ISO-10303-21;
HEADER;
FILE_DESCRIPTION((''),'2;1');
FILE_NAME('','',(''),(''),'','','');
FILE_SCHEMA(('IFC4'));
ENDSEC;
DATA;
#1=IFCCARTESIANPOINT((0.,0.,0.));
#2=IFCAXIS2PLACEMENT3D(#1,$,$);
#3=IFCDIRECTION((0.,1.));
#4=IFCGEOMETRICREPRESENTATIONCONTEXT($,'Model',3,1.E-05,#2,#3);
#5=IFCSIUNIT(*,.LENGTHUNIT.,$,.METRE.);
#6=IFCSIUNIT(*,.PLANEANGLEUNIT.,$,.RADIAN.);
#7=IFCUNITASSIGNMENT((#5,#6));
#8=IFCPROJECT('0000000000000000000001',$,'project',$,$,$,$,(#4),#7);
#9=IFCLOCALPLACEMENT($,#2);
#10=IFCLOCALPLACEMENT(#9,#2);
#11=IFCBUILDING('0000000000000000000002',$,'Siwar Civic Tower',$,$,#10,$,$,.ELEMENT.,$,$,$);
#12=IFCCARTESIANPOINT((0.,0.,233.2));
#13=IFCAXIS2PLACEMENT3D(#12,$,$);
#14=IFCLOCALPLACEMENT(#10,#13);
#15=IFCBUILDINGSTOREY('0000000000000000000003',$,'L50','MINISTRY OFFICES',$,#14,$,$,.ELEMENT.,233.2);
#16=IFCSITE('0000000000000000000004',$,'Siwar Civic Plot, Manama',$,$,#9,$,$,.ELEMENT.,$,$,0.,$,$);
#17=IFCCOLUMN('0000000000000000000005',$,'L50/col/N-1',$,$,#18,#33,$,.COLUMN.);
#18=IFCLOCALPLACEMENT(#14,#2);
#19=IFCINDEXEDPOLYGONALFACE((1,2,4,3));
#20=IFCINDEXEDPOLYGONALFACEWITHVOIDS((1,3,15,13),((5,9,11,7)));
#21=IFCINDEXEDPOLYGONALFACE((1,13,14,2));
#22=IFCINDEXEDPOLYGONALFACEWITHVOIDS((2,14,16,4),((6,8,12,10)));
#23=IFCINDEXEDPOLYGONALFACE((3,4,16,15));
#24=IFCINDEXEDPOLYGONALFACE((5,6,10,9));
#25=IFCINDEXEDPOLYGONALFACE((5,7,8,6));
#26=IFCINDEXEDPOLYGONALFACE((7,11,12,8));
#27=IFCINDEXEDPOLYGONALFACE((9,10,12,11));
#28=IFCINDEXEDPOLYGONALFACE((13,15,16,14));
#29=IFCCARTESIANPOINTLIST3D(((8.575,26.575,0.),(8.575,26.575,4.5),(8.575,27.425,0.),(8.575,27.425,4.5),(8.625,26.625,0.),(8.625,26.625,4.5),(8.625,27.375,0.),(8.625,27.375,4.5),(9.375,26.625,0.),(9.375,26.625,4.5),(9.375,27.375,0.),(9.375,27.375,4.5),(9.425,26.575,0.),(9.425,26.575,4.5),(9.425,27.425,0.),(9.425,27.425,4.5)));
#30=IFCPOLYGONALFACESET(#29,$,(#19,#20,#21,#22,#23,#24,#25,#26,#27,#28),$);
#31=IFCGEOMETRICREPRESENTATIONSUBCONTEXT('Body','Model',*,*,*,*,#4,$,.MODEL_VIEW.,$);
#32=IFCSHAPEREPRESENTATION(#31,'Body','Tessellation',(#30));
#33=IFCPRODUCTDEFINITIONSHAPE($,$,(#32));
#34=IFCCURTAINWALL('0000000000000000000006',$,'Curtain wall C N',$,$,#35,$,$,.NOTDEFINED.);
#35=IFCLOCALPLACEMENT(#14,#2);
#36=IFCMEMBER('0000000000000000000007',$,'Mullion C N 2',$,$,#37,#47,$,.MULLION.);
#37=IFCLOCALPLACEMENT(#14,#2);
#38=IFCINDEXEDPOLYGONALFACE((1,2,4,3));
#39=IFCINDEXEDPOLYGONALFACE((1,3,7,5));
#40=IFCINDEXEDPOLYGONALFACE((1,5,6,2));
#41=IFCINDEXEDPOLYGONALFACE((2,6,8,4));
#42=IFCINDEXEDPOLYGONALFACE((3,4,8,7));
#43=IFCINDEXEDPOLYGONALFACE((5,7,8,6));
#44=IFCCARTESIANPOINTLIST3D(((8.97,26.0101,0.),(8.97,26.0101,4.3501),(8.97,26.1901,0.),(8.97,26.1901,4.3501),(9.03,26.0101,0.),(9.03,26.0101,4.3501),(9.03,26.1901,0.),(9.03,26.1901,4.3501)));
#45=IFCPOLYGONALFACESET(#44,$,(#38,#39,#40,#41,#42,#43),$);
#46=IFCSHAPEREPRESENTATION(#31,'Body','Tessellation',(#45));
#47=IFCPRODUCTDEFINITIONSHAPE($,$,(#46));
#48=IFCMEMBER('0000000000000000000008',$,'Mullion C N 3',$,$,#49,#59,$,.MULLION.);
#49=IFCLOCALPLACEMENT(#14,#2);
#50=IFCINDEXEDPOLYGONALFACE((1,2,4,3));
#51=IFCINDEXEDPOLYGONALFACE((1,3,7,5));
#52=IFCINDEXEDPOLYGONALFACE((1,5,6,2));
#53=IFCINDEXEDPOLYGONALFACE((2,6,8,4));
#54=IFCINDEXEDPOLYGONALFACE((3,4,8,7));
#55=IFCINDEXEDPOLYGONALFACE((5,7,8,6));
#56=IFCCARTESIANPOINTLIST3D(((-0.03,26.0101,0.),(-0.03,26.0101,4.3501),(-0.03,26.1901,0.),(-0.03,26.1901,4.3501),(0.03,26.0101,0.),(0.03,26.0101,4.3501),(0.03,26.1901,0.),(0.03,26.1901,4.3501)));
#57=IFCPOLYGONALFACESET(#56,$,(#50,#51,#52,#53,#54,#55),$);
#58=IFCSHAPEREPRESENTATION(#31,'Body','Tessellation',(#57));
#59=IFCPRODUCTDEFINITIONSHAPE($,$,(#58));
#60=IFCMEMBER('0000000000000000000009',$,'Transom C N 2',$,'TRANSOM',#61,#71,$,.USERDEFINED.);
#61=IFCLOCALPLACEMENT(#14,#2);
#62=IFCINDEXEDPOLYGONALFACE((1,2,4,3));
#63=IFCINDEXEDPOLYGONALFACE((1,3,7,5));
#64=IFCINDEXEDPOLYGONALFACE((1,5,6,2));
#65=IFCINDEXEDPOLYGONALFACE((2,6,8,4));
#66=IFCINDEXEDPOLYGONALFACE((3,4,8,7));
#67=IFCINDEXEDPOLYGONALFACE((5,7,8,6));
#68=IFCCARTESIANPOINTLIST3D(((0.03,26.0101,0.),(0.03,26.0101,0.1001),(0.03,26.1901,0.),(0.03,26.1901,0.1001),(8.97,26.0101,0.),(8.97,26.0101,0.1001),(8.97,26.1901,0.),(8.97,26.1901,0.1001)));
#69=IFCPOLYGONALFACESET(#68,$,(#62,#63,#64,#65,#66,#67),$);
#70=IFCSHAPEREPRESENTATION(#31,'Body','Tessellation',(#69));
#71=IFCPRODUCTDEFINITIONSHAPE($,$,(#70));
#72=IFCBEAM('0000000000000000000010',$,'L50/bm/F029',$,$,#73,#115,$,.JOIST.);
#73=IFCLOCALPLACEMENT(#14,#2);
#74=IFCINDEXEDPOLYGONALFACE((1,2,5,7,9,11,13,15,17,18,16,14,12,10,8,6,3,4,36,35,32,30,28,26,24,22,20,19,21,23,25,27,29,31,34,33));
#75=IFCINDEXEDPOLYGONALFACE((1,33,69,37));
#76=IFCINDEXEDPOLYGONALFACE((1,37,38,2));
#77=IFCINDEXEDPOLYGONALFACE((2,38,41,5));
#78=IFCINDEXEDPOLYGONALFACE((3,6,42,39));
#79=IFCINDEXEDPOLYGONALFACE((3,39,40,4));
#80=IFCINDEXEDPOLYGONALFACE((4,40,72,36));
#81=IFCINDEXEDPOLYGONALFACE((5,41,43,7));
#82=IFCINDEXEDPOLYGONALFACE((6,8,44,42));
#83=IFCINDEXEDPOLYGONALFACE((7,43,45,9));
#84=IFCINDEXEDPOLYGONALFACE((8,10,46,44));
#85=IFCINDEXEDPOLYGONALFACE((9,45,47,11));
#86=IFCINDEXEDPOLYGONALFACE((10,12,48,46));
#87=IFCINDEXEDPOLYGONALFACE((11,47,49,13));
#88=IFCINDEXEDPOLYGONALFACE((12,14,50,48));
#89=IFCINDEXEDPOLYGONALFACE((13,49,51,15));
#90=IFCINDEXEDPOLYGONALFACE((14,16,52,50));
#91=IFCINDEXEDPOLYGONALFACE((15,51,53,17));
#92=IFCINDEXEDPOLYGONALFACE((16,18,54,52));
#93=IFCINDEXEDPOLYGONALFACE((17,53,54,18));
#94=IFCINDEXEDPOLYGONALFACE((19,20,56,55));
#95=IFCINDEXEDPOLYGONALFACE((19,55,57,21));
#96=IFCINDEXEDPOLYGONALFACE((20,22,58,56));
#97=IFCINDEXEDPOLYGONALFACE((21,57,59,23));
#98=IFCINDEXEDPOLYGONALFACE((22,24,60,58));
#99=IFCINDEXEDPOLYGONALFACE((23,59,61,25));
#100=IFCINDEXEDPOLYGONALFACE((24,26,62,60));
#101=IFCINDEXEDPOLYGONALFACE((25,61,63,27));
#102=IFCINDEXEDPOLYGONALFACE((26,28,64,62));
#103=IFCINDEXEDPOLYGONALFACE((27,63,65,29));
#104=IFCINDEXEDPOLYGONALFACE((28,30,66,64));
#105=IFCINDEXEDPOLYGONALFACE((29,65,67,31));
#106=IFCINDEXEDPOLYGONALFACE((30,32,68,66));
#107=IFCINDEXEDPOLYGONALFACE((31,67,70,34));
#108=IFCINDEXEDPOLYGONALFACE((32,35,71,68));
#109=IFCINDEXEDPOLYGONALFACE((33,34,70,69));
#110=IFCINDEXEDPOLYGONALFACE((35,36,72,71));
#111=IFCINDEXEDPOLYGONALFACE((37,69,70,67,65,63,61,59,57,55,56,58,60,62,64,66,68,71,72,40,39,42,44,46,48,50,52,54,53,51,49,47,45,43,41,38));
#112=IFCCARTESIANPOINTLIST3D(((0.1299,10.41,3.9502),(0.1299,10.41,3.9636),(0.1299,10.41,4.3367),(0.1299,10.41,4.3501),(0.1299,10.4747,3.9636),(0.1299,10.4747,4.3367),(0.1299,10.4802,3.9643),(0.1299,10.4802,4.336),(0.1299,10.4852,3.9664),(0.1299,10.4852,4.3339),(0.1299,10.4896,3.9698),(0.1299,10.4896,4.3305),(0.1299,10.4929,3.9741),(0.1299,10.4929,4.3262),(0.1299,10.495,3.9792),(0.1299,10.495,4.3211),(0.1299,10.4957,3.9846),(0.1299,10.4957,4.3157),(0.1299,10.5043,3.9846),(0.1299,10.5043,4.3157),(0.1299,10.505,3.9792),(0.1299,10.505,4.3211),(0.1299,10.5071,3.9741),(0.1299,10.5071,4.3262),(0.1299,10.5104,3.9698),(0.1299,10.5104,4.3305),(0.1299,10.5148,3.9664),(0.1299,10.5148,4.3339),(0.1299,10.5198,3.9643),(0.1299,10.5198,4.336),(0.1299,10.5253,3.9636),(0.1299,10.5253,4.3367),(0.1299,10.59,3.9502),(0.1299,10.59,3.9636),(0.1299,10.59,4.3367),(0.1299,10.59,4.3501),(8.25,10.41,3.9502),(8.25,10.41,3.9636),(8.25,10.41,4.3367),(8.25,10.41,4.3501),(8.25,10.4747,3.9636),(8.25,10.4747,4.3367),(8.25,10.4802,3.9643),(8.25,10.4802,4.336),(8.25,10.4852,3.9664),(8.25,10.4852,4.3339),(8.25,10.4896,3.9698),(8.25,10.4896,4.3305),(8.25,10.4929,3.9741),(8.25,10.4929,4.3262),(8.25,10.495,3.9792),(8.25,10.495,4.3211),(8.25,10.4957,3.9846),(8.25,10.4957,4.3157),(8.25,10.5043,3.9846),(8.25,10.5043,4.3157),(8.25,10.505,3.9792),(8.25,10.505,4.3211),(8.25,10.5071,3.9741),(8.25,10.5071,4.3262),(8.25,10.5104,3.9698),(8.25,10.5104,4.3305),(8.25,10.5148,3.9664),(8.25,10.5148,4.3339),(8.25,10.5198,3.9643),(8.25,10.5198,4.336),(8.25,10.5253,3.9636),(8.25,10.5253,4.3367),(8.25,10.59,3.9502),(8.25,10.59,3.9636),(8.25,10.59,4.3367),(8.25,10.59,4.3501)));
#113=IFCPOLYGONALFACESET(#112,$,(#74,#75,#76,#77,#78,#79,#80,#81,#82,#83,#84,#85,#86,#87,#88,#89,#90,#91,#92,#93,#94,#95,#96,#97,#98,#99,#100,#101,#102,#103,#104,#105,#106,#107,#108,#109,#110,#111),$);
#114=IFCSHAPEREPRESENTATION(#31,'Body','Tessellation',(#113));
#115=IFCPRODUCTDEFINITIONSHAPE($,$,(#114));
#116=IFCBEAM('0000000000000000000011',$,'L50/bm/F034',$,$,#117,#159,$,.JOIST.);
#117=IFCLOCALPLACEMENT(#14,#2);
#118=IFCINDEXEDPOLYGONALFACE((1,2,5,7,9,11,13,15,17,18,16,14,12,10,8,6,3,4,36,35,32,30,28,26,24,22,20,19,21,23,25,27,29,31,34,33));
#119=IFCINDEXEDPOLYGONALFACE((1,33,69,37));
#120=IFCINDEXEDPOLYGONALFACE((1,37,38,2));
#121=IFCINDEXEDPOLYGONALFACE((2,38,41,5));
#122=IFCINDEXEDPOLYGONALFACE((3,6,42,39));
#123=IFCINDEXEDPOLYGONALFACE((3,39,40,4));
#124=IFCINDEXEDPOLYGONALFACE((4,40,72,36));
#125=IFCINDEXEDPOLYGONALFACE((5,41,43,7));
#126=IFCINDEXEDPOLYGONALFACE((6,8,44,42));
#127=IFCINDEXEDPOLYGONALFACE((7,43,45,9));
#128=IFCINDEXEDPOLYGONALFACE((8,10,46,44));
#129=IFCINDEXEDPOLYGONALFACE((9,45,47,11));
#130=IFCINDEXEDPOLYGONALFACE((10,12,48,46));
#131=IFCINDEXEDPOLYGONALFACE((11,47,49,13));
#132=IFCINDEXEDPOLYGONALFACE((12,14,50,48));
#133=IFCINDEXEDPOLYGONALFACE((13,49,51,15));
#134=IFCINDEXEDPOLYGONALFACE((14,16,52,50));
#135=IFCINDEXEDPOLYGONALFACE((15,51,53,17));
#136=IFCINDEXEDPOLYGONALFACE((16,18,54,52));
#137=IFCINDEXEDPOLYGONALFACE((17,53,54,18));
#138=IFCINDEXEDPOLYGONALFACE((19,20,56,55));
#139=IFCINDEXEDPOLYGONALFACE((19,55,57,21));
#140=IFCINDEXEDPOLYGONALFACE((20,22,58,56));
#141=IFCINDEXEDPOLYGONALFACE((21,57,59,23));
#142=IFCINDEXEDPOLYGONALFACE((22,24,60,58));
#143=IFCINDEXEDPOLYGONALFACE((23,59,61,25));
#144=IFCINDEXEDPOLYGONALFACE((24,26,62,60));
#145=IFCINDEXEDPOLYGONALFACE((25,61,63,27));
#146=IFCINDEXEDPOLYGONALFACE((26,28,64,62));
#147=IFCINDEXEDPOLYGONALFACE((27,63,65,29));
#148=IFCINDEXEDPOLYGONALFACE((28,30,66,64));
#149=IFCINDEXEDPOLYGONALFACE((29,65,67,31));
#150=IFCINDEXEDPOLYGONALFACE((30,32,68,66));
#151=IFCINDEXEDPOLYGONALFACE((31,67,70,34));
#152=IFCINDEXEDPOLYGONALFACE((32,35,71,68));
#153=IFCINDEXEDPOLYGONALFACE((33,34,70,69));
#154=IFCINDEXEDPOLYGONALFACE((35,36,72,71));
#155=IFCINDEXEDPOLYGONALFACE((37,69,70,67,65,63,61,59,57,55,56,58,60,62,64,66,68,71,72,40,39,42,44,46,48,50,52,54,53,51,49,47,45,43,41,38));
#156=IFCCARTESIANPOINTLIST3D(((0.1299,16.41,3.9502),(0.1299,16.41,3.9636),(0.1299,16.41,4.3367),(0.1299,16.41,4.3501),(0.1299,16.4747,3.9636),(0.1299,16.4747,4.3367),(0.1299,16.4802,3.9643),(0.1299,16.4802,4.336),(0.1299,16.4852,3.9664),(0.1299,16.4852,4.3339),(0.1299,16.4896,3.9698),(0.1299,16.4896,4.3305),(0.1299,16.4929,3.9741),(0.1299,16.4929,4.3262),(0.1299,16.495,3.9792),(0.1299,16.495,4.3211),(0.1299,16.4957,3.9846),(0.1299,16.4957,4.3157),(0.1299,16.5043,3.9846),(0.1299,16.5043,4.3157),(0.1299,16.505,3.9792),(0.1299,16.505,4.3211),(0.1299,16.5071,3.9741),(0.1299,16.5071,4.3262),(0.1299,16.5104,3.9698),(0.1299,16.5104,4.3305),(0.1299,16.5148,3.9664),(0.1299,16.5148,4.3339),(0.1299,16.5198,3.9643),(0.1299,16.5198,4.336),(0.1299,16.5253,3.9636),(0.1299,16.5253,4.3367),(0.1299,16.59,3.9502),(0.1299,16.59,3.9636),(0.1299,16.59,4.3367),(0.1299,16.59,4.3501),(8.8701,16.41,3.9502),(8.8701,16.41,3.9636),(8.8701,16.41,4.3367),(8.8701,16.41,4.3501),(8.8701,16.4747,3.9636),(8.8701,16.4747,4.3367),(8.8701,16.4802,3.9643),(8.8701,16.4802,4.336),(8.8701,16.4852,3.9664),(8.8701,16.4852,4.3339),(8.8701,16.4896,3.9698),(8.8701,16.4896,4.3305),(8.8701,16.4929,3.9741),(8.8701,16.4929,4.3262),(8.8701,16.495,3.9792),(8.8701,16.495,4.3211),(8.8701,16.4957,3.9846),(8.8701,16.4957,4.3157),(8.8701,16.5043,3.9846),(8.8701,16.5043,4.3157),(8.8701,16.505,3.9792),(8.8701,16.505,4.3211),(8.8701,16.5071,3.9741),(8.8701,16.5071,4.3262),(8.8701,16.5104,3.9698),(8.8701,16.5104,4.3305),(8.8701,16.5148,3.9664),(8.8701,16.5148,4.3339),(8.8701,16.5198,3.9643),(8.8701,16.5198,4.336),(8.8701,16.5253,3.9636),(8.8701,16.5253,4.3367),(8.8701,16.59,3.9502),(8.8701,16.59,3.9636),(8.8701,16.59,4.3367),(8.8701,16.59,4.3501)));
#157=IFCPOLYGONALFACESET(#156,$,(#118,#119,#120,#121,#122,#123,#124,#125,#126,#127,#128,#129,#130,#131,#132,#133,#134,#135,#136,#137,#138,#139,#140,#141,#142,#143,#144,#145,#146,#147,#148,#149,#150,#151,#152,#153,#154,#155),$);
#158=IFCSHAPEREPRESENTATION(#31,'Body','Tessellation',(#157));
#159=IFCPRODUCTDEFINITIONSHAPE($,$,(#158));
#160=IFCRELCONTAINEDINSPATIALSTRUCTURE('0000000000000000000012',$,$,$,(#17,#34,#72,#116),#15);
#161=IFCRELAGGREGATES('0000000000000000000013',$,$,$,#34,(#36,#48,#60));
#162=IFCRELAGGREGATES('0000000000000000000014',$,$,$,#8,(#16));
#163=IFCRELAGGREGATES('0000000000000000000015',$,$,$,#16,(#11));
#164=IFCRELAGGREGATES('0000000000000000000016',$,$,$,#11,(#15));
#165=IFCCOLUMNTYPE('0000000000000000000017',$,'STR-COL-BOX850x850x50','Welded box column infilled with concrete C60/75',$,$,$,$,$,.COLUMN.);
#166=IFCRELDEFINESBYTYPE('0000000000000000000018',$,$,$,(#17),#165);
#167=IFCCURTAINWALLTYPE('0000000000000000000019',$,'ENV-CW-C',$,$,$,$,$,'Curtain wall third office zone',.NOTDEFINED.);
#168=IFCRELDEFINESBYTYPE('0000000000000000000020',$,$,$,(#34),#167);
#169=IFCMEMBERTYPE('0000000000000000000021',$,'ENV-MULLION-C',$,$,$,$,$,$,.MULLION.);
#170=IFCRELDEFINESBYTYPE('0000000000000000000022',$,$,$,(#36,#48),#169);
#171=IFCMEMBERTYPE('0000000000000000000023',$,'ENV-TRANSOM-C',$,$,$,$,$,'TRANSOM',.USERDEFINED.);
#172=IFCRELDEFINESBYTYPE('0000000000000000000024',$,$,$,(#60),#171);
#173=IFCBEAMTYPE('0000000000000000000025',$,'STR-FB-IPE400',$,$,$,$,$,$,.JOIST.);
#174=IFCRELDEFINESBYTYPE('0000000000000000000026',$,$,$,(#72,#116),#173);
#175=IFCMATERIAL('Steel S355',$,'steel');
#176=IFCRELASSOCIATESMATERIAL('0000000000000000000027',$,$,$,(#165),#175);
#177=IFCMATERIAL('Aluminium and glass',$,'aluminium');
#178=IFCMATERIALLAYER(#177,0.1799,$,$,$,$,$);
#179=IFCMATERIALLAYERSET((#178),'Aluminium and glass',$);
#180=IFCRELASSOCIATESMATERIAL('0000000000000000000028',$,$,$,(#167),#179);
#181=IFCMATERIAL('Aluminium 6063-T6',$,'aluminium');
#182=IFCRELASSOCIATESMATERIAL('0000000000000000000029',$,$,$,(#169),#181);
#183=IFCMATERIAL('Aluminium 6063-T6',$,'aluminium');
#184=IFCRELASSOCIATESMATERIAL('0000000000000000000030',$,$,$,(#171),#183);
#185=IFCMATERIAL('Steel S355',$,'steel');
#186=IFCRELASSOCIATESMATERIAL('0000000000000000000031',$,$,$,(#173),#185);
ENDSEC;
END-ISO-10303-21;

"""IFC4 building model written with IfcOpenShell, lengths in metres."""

from ifc_helpers import new_model, si_unit, direction, frame, origin, origin_2d, place, context, subcontext, project, spatial, rectangle, hollow_rectangle, i_section, extrude, material, layer, layer_set, material_profile, profile_set, type_object, element, aggregate, save


model = new_model("IFC4")

# Units and contexts
model_context = context("Model", 3, precision=1e-05, world=origin(), true_north=direction((0.0, 1.0)))
body_context = subcontext(model_context, "Body", "Model", "MODEL_VIEW")
ifc_project = project(units=[si_unit("LENGTHUNIT", "METRE"), si_unit("PLANEANGLEUNIT", "RADIAN")], contexts=[model_context])

# Site, building, storey
site_placement = place(None, origin())
site = spatial("IfcSite", under=ifc_project, at=site_placement, Name="Siwar Civic Plot, Manama", CompositionType="ELEMENT", RefElevation=0.0)
building_placement = place(site_placement, origin())
building = spatial("IfcBuilding", under=site, at=building_placement, Name="Siwar Civic Tower", CompositionType="ELEMENT")
storey_placement = place(building_placement, frame((0.0, 0.0, 233.2)))
storey = spatial("IfcBuildingStorey", under=building, at=storey_placement, Name="L50", Description="MINISTRY OFFICES", CompositionType="ELEMENT", Elevation=233.2)

# Column
ifc_material_1 = material(Name="Steel S355", Category="steel")
ifc_material_profile_1 = material_profile(ifc_material_1, hollow_rectangle(XDim=0.8501, YDim=0.8501, WallThickness=0.05, at=origin_2d()), Name="BOX850x850x50")
ifc_profile_set_1 = profile_set([ifc_material_profile_1], Name="Steel S355")
column_type = type_object("IfcColumnType", Name="STR-COL-BOX850x850x50", Description="Welded box column infilled with concrete C60/75", PredefinedType="COLUMN", material=ifc_profile_set_1)
column_placement = place(storey_placement, frame((9.0, 27.0, 0.0), z_axis=(0.0, 0.0, 1.0), x_axis=(1.0, 0.0, 0.0)))
element("IfcColumn", 1, at=column_placement, inside=storey, type_object=column_type, Name="L50/col/N-1", PredefinedType="COLUMN", context=body_context, shape_type="SweptSolid", body=[
    extrude(hollow_rectangle(XDim=0.8501, YDim=0.8501, WallThickness=0.05, at=origin_2d()), origin(), (0.0, 0.0, 1.0), 4.5),
])

# Curtain wall, members
ifc_material_2 = material(Name="Aluminium and glass", Category="aluminium")
ifc_layer_1 = layer(ifc_material_2, 0.1799)
ifc_layer_set_1 = layer_set([ifc_layer_1], Name="Aluminium and glass")
curtain_wall_type = type_object("IfcCurtainWallType", Name="ENV-CW-C", ElementType="Curtain wall third office zone", PredefinedType="NOTDEFINED", material=ifc_layer_set_1)
curtain_wall_placement = place(storey_placement, origin())
curtain_wall = element("IfcCurtainWall", 2, at=curtain_wall_placement, inside=storey, type_object=curtain_wall_type, Name="Curtain wall C N", PredefinedType="NOTDEFINED")
ifc_material_3 = material(Name="Aluminium 6063-T6", Category="aluminium")
ifc_material_profile_2 = material_profile(ifc_material_3, rectangle(XDim=0.1799, YDim=0.0601, at=origin_2d()), Name="AL 180x60")
ifc_profile_set_2 = profile_set([ifc_material_profile_2], Name="Aluminium 6063-T6")
member_type_1 = type_object("IfcMemberType", Name="ENV-MULLION-C", PredefinedType="MULLION", material=ifc_profile_set_2)
member_1_placement = place(storey_placement, frame((9.0, 26.1001, 0.0), z_axis=(0.0, 0.0, 1.0), x_axis=(0.0, -1.0, 0.0)))
member_1 = element("IfcMember", 3, at=member_1_placement, type_object=member_type_1, Name="Mullion C N 2", PredefinedType="MULLION", context=body_context, shape_type="SweptSolid", body=[
    extrude(rectangle(XDim=0.1799, YDim=0.0601, at=origin_2d()), origin(), (0.0, 0.0, 1.0), 4.3501),
])
member_2_placement = place(storey_placement, frame((0.0, 26.1001, 0.0), z_axis=(0.0, 0.0, 1.0), x_axis=(0.0, -1.0, 0.0)))
member_2 = element("IfcMember", 4, at=member_2_placement, type_object=member_type_1, Name="Mullion C N 3", PredefinedType="MULLION", context=body_context, shape_type="SweptSolid", body=[
    extrude(rectangle(XDim=0.1799, YDim=0.0601, at=origin_2d()), origin(), (0.0, 0.0, 1.0), 4.3501),
])
ifc_material_4 = material(Name="Aluminium 6063-T6", Category="aluminium")
ifc_material_profile_3 = material_profile(ifc_material_4, rectangle(XDim=0.1799, YDim=0.1001, at=origin_2d()), Name="AL 180x100")
ifc_profile_set_3 = profile_set([ifc_material_profile_3], Name="Aluminium 6063-T6")
member_type_2 = type_object("IfcMemberType", Name="ENV-TRANSOM-C", ElementType="TRANSOM", PredefinedType="USERDEFINED", material=ifc_profile_set_3)
member_3_placement = place(storey_placement, frame((8.97, 26.1001, 0.05), z_axis=(-1.0, 0.0, 0.0), x_axis=(0.0, -1.0, 0.0)))
member_3 = element("IfcMember", 5, at=member_3_placement, type_object=member_type_2, Name="Transom C N 2", ObjectType="TRANSOM", PredefinedType="USERDEFINED", context=body_context, shape_type="SweptSolid", body=[
    extrude(rectangle(XDim=0.1799, YDim=0.1001, at=origin_2d()), origin(), (0.0, 0.0, 1.0), 8.9399),
])

# Beams
ifc_material_5 = material(Name="Steel S355", Category="steel")
ifc_material_profile_4 = material_profile(ifc_material_5, i_section(OverallWidth=0.1799, OverallDepth=0.3999, WebThickness=0.0085, FlangeThickness=0.0134, FilletRadius=0.021, at=origin_2d()), Name="IPE400")
ifc_profile_set_4 = profile_set([ifc_material_profile_4], Name="Steel S355")
beam_type_1 = type_object("IfcBeamType", Name="STR-FB-IPE400", PredefinedType="JOIST", material=ifc_profile_set_4)
beam_1_placement = place(storey_placement, frame((0.1299, 10.5, 4.1501), z_axis=(1.0, 0.0, 0.0), x_axis=(0.0, 1.0, 0.0)))
element("IfcBeam", 6, at=beam_1_placement, inside=storey, type_object=beam_type_1, Name="L50/bm/F029", PredefinedType="JOIST", context=body_context, shape_type="SweptSolid", body=[
    extrude(i_section(OverallWidth=0.1799, OverallDepth=0.3999, WebThickness=0.0085, FlangeThickness=0.0134, FilletRadius=0.021, at=origin_2d()), origin(), (0.0, 0.0, 1.0), 8.1201),
])
for number, where, z_axis, x_axis, name in (
    (7, (0.1299, 16.5, 4.1501), (1.0, 0.0, 0.0), (0.0, 1.0, 0.0), "L50/bm/F034"),
):
    element("IfcBeam", number, at=place(storey_placement, frame(where, z_axis=z_axis, x_axis=x_axis)), inside=storey, type_object=beam_type_1, Name=name, PredefinedType="JOIST", context=body_context, shape_type="SweptSolid", body=[
        extrude(i_section(OverallWidth=0.1799, OverallDepth=0.3999, WebThickness=0.0085, FlangeThickness=0.0134, FilletRadius=0.021, at=origin_2d()), origin(), (0.0, 0.0, 1.0), 8.7402),
    ])

aggregate(curtain_wall, [member_1, member_2, member_3])

save(model, "model.ifc")
